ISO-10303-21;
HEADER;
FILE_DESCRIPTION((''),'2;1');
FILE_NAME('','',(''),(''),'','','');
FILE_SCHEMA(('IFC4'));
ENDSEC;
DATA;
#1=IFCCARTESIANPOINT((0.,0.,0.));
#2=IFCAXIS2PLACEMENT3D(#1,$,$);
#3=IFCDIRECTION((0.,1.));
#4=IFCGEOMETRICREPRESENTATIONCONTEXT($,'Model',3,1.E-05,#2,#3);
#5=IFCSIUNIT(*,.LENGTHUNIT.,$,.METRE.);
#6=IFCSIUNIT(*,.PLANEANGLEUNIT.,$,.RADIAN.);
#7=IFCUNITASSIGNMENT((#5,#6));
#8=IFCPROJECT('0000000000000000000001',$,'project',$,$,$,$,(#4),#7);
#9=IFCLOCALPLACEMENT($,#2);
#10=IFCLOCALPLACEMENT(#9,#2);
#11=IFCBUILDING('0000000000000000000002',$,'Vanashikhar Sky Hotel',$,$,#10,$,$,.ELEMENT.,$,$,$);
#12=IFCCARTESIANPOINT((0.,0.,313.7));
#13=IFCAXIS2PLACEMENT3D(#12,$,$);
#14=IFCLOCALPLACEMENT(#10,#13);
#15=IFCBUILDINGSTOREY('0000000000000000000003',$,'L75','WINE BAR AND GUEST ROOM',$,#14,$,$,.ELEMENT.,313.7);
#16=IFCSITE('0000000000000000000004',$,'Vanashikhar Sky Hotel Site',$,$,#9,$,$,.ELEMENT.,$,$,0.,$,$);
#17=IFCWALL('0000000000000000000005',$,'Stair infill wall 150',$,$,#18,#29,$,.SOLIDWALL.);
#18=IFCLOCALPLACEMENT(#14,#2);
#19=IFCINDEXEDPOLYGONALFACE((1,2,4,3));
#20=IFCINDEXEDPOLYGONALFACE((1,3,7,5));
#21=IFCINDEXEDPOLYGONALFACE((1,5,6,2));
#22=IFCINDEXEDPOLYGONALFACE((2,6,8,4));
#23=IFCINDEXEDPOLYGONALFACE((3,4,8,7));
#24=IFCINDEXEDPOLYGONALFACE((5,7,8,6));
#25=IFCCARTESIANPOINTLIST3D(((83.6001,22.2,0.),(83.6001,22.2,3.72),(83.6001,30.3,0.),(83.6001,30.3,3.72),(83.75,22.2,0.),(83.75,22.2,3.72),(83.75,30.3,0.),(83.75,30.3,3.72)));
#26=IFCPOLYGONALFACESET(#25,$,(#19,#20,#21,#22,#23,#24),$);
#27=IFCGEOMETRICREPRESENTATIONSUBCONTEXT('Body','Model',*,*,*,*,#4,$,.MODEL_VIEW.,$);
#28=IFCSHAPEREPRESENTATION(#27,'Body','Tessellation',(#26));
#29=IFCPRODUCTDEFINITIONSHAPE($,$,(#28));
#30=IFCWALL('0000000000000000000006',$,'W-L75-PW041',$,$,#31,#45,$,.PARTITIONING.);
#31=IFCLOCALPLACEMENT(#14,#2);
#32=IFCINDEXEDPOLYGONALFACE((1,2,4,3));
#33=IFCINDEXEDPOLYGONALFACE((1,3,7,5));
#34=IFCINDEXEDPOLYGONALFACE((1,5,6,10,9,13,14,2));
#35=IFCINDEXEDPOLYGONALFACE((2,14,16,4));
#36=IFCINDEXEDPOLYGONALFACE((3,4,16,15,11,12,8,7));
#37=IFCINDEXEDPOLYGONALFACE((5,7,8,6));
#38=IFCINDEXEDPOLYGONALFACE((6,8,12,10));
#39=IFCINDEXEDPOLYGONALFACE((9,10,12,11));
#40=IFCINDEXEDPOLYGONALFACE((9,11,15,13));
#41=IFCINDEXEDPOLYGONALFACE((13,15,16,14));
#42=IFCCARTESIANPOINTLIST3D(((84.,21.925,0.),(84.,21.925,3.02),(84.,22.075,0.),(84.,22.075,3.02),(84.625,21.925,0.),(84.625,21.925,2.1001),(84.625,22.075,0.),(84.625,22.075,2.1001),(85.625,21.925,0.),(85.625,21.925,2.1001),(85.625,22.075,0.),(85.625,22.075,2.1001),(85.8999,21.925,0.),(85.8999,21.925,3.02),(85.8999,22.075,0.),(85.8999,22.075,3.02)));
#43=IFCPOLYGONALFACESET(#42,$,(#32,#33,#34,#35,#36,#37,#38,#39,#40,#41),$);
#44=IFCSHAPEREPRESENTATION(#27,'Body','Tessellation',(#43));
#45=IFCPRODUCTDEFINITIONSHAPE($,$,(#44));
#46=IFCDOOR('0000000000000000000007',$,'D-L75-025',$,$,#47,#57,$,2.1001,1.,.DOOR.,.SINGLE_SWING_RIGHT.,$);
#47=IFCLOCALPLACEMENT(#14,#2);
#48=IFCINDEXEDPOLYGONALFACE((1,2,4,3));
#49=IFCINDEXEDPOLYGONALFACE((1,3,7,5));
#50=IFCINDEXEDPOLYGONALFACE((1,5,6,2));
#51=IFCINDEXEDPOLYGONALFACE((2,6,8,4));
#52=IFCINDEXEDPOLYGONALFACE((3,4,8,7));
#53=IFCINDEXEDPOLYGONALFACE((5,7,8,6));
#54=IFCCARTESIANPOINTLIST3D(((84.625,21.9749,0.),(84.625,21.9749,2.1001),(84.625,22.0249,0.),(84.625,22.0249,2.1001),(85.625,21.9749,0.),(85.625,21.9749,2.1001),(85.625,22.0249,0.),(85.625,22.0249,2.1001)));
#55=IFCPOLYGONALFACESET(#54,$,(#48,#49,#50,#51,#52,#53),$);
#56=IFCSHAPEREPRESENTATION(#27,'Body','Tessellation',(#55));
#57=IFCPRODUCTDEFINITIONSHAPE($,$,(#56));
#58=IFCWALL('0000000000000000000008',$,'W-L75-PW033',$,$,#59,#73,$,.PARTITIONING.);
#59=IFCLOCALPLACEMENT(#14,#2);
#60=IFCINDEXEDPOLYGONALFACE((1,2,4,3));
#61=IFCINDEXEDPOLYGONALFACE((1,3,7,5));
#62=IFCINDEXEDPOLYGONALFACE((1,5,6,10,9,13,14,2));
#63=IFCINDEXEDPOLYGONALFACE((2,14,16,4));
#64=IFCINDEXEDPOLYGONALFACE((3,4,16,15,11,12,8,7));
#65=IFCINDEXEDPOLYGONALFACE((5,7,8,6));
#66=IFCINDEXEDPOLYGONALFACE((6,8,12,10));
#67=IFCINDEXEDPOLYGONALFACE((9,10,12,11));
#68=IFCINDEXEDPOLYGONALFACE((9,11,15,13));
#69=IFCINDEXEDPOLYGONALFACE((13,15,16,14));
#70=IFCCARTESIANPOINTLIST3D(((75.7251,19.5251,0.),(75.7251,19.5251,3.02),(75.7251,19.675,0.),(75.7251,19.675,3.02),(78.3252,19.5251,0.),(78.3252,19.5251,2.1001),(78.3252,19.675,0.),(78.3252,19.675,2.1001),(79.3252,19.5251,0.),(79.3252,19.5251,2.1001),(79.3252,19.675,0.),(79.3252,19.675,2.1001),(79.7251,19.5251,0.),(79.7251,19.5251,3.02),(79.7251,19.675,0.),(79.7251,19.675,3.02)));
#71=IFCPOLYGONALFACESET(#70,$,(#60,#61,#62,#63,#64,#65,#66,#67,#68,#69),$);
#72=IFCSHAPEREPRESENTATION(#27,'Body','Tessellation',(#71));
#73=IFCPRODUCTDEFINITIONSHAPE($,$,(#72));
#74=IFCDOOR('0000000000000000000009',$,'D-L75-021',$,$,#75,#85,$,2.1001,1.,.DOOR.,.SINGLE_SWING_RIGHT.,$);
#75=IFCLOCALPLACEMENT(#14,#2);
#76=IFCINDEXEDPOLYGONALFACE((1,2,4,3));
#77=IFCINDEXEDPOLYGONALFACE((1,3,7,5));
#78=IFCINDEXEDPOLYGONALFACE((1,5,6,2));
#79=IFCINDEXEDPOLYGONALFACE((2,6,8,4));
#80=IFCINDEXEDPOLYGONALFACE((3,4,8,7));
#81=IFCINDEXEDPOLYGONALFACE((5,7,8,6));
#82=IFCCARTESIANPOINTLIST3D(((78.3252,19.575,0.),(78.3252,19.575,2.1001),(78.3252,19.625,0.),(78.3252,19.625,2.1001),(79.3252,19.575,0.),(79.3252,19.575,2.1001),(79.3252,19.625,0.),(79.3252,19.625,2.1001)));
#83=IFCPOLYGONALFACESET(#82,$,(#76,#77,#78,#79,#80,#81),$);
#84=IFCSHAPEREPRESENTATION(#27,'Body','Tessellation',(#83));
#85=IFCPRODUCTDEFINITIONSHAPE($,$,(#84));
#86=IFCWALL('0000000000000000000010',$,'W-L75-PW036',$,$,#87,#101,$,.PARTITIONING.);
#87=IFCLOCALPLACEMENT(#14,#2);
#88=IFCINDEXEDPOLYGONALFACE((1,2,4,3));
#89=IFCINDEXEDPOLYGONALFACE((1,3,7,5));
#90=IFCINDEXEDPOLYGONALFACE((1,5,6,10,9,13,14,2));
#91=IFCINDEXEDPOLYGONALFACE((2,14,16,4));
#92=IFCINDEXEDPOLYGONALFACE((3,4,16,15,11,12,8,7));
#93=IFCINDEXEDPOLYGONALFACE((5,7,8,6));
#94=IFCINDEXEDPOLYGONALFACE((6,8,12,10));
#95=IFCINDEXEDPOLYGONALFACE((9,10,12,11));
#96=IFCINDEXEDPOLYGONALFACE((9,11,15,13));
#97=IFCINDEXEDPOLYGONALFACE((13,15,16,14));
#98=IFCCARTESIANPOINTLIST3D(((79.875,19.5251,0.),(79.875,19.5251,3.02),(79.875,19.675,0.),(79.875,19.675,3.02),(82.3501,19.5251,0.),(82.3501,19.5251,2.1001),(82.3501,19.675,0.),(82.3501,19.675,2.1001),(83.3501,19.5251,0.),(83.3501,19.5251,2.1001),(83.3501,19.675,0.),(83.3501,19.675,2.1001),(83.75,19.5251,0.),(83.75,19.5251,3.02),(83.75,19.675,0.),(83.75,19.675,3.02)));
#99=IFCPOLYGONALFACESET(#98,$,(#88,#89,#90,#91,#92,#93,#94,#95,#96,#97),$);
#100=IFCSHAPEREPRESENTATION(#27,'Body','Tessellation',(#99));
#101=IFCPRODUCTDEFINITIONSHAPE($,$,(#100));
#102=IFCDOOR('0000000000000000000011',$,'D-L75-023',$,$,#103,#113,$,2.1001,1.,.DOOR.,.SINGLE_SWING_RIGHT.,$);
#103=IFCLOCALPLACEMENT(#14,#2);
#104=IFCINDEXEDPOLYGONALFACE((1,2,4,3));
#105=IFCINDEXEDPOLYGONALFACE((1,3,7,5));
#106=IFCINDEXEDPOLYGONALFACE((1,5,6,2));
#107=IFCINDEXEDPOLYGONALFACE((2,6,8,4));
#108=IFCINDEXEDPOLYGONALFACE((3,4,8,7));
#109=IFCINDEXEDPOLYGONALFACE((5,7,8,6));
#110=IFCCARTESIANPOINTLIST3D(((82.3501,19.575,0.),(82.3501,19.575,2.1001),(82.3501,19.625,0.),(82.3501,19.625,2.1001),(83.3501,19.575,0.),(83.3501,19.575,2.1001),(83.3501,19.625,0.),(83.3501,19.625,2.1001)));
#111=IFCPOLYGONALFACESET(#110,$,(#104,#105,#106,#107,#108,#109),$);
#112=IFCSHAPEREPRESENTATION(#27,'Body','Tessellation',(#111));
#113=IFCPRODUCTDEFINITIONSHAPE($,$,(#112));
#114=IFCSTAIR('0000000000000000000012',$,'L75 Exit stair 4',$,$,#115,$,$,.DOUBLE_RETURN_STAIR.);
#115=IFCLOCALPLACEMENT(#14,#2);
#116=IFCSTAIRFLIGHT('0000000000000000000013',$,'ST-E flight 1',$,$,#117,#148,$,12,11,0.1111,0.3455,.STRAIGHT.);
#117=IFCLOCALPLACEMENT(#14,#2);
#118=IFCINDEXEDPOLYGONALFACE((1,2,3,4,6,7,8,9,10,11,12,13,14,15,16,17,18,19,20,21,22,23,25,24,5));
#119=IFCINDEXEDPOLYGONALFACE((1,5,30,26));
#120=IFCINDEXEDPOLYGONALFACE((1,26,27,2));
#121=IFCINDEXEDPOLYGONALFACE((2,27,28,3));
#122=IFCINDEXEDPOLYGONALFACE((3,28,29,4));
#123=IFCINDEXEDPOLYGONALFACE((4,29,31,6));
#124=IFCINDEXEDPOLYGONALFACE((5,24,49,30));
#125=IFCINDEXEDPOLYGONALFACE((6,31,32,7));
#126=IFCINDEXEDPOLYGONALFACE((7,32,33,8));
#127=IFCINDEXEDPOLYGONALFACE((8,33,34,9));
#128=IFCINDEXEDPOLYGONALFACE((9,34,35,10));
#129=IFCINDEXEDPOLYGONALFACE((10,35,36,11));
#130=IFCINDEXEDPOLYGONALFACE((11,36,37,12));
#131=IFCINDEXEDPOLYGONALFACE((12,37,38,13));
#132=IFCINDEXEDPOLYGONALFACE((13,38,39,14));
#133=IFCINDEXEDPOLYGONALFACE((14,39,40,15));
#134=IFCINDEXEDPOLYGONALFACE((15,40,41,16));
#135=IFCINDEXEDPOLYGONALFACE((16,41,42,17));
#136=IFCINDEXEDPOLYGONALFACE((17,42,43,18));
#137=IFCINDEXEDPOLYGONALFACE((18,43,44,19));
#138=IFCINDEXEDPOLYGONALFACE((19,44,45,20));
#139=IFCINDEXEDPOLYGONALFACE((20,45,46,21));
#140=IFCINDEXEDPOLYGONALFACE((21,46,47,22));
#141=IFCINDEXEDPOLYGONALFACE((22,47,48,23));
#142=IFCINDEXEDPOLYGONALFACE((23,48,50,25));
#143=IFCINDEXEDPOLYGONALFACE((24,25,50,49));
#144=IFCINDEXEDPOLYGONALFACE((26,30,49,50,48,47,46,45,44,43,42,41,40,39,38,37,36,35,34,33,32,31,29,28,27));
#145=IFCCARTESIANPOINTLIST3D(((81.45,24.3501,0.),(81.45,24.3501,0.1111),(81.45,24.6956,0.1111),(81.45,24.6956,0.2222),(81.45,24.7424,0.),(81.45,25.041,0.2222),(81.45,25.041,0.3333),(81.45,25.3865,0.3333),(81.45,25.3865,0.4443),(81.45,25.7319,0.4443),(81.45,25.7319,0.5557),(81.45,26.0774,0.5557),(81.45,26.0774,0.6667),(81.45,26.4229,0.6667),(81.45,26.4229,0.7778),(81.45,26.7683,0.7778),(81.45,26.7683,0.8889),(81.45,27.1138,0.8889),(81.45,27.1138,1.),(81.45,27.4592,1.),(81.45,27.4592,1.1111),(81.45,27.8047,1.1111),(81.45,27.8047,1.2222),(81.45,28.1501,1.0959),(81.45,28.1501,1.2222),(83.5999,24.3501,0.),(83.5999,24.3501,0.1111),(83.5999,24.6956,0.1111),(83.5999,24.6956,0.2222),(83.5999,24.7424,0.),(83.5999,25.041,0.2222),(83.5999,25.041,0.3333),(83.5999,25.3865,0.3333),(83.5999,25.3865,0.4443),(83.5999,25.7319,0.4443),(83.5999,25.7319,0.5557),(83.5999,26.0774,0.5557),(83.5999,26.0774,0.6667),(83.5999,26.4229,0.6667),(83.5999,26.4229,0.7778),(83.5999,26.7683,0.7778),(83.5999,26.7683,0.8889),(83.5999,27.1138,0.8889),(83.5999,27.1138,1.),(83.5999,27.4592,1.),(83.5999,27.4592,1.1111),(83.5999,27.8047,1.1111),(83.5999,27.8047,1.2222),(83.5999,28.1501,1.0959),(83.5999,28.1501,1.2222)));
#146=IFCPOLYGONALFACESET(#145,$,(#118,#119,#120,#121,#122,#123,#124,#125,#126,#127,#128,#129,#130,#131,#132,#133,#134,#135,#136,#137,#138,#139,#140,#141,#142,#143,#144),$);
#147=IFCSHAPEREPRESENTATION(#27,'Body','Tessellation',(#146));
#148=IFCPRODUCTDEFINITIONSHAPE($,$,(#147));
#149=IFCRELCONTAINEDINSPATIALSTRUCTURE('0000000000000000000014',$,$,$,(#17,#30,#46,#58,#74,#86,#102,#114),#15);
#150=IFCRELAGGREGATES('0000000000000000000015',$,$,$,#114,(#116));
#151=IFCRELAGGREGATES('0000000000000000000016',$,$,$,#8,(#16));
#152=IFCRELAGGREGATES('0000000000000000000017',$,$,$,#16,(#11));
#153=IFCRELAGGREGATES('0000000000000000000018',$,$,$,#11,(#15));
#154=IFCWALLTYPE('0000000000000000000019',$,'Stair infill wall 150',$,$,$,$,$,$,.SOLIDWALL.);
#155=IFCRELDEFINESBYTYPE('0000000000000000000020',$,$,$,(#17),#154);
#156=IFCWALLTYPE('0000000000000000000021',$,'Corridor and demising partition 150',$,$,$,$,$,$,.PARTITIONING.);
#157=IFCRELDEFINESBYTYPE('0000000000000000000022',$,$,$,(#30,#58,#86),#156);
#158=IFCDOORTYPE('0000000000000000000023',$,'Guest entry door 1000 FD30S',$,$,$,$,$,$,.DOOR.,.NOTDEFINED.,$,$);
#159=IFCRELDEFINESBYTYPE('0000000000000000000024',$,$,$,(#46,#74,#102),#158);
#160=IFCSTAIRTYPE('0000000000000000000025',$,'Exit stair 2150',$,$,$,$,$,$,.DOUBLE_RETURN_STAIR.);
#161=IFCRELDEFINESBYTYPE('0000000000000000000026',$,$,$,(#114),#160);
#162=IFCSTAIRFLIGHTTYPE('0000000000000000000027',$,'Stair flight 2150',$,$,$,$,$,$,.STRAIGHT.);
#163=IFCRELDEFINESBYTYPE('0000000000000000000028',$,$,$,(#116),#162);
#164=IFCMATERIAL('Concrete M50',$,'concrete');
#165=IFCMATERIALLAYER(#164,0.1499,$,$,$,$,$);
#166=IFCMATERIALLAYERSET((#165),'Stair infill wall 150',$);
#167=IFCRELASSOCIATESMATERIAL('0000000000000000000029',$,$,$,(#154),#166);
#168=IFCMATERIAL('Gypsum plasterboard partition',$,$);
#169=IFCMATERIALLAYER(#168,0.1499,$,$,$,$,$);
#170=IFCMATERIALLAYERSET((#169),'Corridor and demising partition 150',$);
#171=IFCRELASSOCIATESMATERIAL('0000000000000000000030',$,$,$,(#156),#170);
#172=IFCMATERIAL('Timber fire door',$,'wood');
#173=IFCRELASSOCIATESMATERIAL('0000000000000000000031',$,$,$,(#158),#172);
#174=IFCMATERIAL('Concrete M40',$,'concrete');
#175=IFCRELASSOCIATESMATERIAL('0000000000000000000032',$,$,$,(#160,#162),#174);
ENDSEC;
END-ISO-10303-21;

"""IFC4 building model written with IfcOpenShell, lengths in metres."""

from ifc_helpers import new_model, si_unit, direction, frame, frame_2d, origin, place, context, subcontext, project, spatial, polyline, rectangle, outline, extrude, source, transform, mapped, material, layer, layer_set, type_object, element, fill, aggregate, save


model = new_model("IFC4")

# Units and contexts
model_context = context("Model", 3, precision=1e-05, world=origin(), true_north=direction((0.0, 1.0)))
body_context = subcontext(model_context, "Body", "Model", "MODEL_VIEW")
ifc_project = project(units=[si_unit("LENGTHUNIT", "METRE"), si_unit("PLANEANGLEUNIT", "RADIAN")], contexts=[model_context])

# Site, building, storey
site_placement = place(None, origin())
site = spatial("IfcSite", under=ifc_project, at=site_placement, Name="Vanashikhar Sky Hotel Site", CompositionType="ELEMENT", RefElevation=0.0)
building_placement = place(site_placement, origin())
building = spatial("IfcBuilding", under=site, at=building_placement, Name="Vanashikhar Sky Hotel", CompositionType="ELEMENT")
storey_placement = place(building_placement, frame((0.0, 0.0, 313.7)))
storey = spatial("IfcBuildingStorey", under=building, at=storey_placement, Name="L75", Description="WINE BAR AND GUEST ROOM", CompositionType="ELEMENT", Elevation=313.7)

# Shared definitions
ifc_material_1 = material(Name="Concrete M50", Category="concrete")

# Wall
ifc_layer_1 = layer(ifc_material_1, 0.1499)
ifc_layer_set_1 = layer_set([ifc_layer_1], Name="Stair infill wall 150")
wall_type_1 = type_object("IfcWallType", Name="Stair infill wall 150", PredefinedType="SOLIDWALL", material=ifc_layer_set_1)
shared_shape_1 = source(origin(), body_context, "Body", "SweptSolid", [
    extrude(rectangle(XDim=8.1001, YDim=0.1499, at=frame_2d((4.05, 0.0))), origin(), (0.0, 0.0, 1.0), 3.72),
])
wall_1_placement = place(storey_placement, frame((83.675, 22.2, 0.0), z_axis=(0.0, 0.0, 1.0), x_axis=(0.0, 1.0, 0.0)))
element("IfcWall", 1, at=wall_1_placement, inside=storey, type_object=wall_type_1, Name="Stair infill wall 150", PredefinedType="SOLIDWALL", context=body_context, shape_type="MappedRepresentation", body=[
    mapped(shared_shape_1, transform((0.0, 0.0, 0.0), scale=1.0)),
])

# Walls, openings, doors
ifc_material_2 = material(Name="Gypsum plasterboard partition")
ifc_layer_2 = layer(ifc_material_2, 0.1499)
ifc_layer_set_2 = layer_set([ifc_layer_2], Name="Corridor and demising partition 150")
wall_type_2 = type_object("IfcWallType", Name="Corridor and demising partition 150", PredefinedType="PARTITIONING", material=ifc_layer_set_2)
shared_shape_2 = source(origin(), body_context, "Body", "SweptSolid", [
    extrude(rectangle(XDim=1.8999, YDim=0.1499, at=frame_2d((0.95, 0.0))), origin(), (0.0, 0.0, 1.0), 3.02),
])
wall_2_placement = place(storey_placement, frame((84.0, 22.0, 0.0), z_axis=(0.0, 0.0, 1.0), x_axis=(1.0, 0.0, 0.0)))
wall_2 = element("IfcWall", 2, at=wall_2_placement, inside=storey, type_object=wall_type_2, Name="W-L75-PW041", PredefinedType="PARTITIONING", context=body_context, shape_type="MappedRepresentation", body=[
    mapped(shared_shape_2, transform((0.0, 0.0, 0.0), scale=1.0)),
])
shared_shape_3 = source(origin(), body_context, "Body", "SweptSolid", [
    extrude(rectangle(XDim=1.0, YDim=2.1001, at=frame_2d((0.5, 1.05))), frame((0.0, 0.085, 0.0), z_axis=(0.0, -1.0, 0.0), x_axis=(1.0, 0.0, 0.0)), (0.0, 0.0, 1.0), 0.1699),
])
opening_1_placement = place(wall_2_placement, frame((0.625, 0.0, 0.0)))
opening_1 = element("IfcOpeningElement", 3, at=opening_1_placement, cuts=wall_2, PredefinedType="OPENING", context=body_context, shape_type="MappedRepresentation", body=[
    mapped(shared_shape_3, transform((0.0, 0.0, 0.0), scale=1.0)),
])
ifc_material_3 = material(Name="Timber fire door", Category="wood")
door_type_1 = type_object("IfcDoorType", Name="Guest entry door 1000 FD30S", OperationType="NOTDEFINED", PredefinedType="DOOR", material=ifc_material_3)
shared_shape_4 = source(origin(), body_context, "Body", "SweptSolid", [
    extrude(rectangle(XDim=1.0, YDim=2.1001, at=frame_2d((0.5, 1.05))), frame((0.0, 0.0249, 0.0), z_axis=(0.0, -1.0, 0.0), x_axis=(1.0, 0.0, 0.0)), (0.0, 0.0, 1.0), 0.05),
])
door_1_placement = place(opening_1_placement, origin())
door_1 = element("IfcDoor", 4, at=door_1_placement, inside=storey, type_object=door_type_1, Name="D-L75-025", OperationType="SINGLE_SWING_RIGHT", OverallHeight=2.1001, OverallWidth=1.0, PredefinedType="DOOR", context=body_context, shape_type="MappedRepresentation", body=[
    mapped(shared_shape_4, transform((0.0, 0.0, 0.0), scale=1.0)),
])
fill(opening_1, door_1)
shared_shape_5 = source(origin(), body_context, "Body", "SweptSolid", [
    extrude(rectangle(XDim=4.0, YDim=0.1499, at=frame_2d((2.0, 0.0))), origin(), (0.0, 0.0, 1.0), 3.02),
])
wall_3_placement = place(storey_placement, frame((75.7251, 19.6001, 0.0), z_axis=(0.0, 0.0, 1.0), x_axis=(1.0, 0.0, 0.0)))
wall_3 = element("IfcWall", 5, at=wall_3_placement, inside=storey, type_object=wall_type_2, Name="W-L75-PW033", PredefinedType="PARTITIONING", context=body_context, shape_type="MappedRepresentation", body=[
    mapped(shared_shape_5, transform((0.0, 0.0, 0.0), scale=1.0)),
])
opening_2_placement = place(wall_3_placement, frame((2.6001, 0.0, 0.0)))
opening_2 = element("IfcOpeningElement", 6, at=opening_2_placement, cuts=wall_3, PredefinedType="OPENING", context=body_context, shape_type="MappedRepresentation", body=[
    mapped(shared_shape_3, transform((0.0, 0.0, 0.0), scale=1.0)),
])
door_2_placement = place(opening_2_placement, origin())
door_2 = element("IfcDoor", 7, at=door_2_placement, inside=storey, type_object=door_type_1, Name="D-L75-021", OperationType="SINGLE_SWING_RIGHT", OverallHeight=2.1001, OverallWidth=1.0, PredefinedType="DOOR", context=body_context, shape_type="MappedRepresentation", body=[
    mapped(shared_shape_4, transform((0.0, 0.0, 0.0), scale=1.0)),
])
fill(opening_2, door_2)
shared_shape_6 = source(origin(), body_context, "Body", "SweptSolid", [
    extrude(rectangle(XDim=3.875, YDim=0.1499, at=frame_2d((1.9375, 0.0))), origin(), (0.0, 0.0, 1.0), 3.02),
])
wall_4_placement = place(storey_placement, frame((79.875, 19.6001, 0.0), z_axis=(0.0, 0.0, 1.0), x_axis=(1.0, 0.0, 0.0)))
wall_4 = element("IfcWall", 8, at=wall_4_placement, inside=storey, type_object=wall_type_2, Name="W-L75-PW036", PredefinedType="PARTITIONING", context=body_context, shape_type="MappedRepresentation", body=[
    mapped(shared_shape_6, transform((0.0, 0.0, 0.0), scale=1.0)),
])
opening_3_placement = place(wall_4_placement, frame((2.4751, 0.0, 0.0)))
opening_3 = element("IfcOpeningElement", 9, at=opening_3_placement, cuts=wall_4, PredefinedType="OPENING", context=body_context, shape_type="MappedRepresentation", body=[
    mapped(shared_shape_3, transform((0.0, 0.0, 0.0), scale=1.0)),
])
door_3_placement = place(opening_3_placement, origin())
door_3 = element("IfcDoor", 10, at=door_3_placement, inside=storey, type_object=door_type_1, Name="D-L75-023", OperationType="SINGLE_SWING_RIGHT", OverallHeight=2.1001, OverallWidth=1.0, PredefinedType="DOOR", context=body_context, shape_type="MappedRepresentation", body=[
    mapped(shared_shape_4, transform((0.0, 0.0, 0.0), scale=1.0)),
])
fill(opening_3, door_3)

# Stair, stair flight
ifc_material_4 = material(Name="Concrete M40", Category="concrete")
stair_type = type_object("IfcStairType", Name="Exit stair 2150", PredefinedType="DOUBLE_RETURN_STAIR", material=ifc_material_4)
stair_placement = place(storey_placement, origin())
stair = element("IfcStair", 11, at=stair_placement, inside=storey, type_object=stair_type, Name="L75 Exit stair 4", PredefinedType="DOUBLE_RETURN_STAIR")
stair_flight_type = type_object("IfcStairFlightType", Name="Stair flight 2150", PredefinedType="STRAIGHT", material=ifc_material_4)
shared_shape_7 = source(origin(), body_context, "Body", "SweptSolid", [
    extrude(outline(polyline([(0.0, 0.0), (0.0, 0.1111), (0.3455, 0.1111), (0.3455, 0.2222), (0.6909, 0.2222), (0.6909, 0.3333), (1.0364, 0.3333), (1.0364, 0.4443), (1.3818, 0.4443), (1.3818, 0.5557), (1.7273, 0.5557), (1.7273, 0.6667), (2.0728, 0.6667), (2.0728, 0.7778), (2.4182, 0.7778), (2.4182, 0.8889), (2.7637, 0.8889), (2.7637, 1.0), (3.1091, 1.0), (3.1091, 1.1111), (3.4546, 1.1111), (3.4546, 1.2222), (3.8, 1.2222), (3.8, 1.3333), (3.8, 1.0959), (0.3923, 0.0), (0.0, 0.0)])), frame((0.0, 1.075, 0.0), z_axis=(0.0, -1.0, 0.0), x_axis=(1.0, 0.0, 0.0)), (0.0, 0.0, 1.0), 2.1499),
])
stair_flight_1_placement = place(storey_placement, frame((82.5249, 24.3501, 0.0), z_axis=(0.0, 0.0, 1.0), x_axis=(0.0, 1.0, 0.0)))
stair_flight_1 = element("IfcStairFlight", 12, at=stair_flight_1_placement, type_object=stair_flight_type, Name="ST-E flight 1", NumberOfRisers=12, NumberOfTreads=11, PredefinedType="STRAIGHT", RiserHeight=0.1111, TreadLength=0.3455, context=body_context, shape_type="MappedRepresentation", body=[
    mapped(shared_shape_7, transform((0.0, 0.0, 0.0), scale=1.0)),
])
aggregate(stair, [stair_flight_1])

save(model, "model.ifc")
